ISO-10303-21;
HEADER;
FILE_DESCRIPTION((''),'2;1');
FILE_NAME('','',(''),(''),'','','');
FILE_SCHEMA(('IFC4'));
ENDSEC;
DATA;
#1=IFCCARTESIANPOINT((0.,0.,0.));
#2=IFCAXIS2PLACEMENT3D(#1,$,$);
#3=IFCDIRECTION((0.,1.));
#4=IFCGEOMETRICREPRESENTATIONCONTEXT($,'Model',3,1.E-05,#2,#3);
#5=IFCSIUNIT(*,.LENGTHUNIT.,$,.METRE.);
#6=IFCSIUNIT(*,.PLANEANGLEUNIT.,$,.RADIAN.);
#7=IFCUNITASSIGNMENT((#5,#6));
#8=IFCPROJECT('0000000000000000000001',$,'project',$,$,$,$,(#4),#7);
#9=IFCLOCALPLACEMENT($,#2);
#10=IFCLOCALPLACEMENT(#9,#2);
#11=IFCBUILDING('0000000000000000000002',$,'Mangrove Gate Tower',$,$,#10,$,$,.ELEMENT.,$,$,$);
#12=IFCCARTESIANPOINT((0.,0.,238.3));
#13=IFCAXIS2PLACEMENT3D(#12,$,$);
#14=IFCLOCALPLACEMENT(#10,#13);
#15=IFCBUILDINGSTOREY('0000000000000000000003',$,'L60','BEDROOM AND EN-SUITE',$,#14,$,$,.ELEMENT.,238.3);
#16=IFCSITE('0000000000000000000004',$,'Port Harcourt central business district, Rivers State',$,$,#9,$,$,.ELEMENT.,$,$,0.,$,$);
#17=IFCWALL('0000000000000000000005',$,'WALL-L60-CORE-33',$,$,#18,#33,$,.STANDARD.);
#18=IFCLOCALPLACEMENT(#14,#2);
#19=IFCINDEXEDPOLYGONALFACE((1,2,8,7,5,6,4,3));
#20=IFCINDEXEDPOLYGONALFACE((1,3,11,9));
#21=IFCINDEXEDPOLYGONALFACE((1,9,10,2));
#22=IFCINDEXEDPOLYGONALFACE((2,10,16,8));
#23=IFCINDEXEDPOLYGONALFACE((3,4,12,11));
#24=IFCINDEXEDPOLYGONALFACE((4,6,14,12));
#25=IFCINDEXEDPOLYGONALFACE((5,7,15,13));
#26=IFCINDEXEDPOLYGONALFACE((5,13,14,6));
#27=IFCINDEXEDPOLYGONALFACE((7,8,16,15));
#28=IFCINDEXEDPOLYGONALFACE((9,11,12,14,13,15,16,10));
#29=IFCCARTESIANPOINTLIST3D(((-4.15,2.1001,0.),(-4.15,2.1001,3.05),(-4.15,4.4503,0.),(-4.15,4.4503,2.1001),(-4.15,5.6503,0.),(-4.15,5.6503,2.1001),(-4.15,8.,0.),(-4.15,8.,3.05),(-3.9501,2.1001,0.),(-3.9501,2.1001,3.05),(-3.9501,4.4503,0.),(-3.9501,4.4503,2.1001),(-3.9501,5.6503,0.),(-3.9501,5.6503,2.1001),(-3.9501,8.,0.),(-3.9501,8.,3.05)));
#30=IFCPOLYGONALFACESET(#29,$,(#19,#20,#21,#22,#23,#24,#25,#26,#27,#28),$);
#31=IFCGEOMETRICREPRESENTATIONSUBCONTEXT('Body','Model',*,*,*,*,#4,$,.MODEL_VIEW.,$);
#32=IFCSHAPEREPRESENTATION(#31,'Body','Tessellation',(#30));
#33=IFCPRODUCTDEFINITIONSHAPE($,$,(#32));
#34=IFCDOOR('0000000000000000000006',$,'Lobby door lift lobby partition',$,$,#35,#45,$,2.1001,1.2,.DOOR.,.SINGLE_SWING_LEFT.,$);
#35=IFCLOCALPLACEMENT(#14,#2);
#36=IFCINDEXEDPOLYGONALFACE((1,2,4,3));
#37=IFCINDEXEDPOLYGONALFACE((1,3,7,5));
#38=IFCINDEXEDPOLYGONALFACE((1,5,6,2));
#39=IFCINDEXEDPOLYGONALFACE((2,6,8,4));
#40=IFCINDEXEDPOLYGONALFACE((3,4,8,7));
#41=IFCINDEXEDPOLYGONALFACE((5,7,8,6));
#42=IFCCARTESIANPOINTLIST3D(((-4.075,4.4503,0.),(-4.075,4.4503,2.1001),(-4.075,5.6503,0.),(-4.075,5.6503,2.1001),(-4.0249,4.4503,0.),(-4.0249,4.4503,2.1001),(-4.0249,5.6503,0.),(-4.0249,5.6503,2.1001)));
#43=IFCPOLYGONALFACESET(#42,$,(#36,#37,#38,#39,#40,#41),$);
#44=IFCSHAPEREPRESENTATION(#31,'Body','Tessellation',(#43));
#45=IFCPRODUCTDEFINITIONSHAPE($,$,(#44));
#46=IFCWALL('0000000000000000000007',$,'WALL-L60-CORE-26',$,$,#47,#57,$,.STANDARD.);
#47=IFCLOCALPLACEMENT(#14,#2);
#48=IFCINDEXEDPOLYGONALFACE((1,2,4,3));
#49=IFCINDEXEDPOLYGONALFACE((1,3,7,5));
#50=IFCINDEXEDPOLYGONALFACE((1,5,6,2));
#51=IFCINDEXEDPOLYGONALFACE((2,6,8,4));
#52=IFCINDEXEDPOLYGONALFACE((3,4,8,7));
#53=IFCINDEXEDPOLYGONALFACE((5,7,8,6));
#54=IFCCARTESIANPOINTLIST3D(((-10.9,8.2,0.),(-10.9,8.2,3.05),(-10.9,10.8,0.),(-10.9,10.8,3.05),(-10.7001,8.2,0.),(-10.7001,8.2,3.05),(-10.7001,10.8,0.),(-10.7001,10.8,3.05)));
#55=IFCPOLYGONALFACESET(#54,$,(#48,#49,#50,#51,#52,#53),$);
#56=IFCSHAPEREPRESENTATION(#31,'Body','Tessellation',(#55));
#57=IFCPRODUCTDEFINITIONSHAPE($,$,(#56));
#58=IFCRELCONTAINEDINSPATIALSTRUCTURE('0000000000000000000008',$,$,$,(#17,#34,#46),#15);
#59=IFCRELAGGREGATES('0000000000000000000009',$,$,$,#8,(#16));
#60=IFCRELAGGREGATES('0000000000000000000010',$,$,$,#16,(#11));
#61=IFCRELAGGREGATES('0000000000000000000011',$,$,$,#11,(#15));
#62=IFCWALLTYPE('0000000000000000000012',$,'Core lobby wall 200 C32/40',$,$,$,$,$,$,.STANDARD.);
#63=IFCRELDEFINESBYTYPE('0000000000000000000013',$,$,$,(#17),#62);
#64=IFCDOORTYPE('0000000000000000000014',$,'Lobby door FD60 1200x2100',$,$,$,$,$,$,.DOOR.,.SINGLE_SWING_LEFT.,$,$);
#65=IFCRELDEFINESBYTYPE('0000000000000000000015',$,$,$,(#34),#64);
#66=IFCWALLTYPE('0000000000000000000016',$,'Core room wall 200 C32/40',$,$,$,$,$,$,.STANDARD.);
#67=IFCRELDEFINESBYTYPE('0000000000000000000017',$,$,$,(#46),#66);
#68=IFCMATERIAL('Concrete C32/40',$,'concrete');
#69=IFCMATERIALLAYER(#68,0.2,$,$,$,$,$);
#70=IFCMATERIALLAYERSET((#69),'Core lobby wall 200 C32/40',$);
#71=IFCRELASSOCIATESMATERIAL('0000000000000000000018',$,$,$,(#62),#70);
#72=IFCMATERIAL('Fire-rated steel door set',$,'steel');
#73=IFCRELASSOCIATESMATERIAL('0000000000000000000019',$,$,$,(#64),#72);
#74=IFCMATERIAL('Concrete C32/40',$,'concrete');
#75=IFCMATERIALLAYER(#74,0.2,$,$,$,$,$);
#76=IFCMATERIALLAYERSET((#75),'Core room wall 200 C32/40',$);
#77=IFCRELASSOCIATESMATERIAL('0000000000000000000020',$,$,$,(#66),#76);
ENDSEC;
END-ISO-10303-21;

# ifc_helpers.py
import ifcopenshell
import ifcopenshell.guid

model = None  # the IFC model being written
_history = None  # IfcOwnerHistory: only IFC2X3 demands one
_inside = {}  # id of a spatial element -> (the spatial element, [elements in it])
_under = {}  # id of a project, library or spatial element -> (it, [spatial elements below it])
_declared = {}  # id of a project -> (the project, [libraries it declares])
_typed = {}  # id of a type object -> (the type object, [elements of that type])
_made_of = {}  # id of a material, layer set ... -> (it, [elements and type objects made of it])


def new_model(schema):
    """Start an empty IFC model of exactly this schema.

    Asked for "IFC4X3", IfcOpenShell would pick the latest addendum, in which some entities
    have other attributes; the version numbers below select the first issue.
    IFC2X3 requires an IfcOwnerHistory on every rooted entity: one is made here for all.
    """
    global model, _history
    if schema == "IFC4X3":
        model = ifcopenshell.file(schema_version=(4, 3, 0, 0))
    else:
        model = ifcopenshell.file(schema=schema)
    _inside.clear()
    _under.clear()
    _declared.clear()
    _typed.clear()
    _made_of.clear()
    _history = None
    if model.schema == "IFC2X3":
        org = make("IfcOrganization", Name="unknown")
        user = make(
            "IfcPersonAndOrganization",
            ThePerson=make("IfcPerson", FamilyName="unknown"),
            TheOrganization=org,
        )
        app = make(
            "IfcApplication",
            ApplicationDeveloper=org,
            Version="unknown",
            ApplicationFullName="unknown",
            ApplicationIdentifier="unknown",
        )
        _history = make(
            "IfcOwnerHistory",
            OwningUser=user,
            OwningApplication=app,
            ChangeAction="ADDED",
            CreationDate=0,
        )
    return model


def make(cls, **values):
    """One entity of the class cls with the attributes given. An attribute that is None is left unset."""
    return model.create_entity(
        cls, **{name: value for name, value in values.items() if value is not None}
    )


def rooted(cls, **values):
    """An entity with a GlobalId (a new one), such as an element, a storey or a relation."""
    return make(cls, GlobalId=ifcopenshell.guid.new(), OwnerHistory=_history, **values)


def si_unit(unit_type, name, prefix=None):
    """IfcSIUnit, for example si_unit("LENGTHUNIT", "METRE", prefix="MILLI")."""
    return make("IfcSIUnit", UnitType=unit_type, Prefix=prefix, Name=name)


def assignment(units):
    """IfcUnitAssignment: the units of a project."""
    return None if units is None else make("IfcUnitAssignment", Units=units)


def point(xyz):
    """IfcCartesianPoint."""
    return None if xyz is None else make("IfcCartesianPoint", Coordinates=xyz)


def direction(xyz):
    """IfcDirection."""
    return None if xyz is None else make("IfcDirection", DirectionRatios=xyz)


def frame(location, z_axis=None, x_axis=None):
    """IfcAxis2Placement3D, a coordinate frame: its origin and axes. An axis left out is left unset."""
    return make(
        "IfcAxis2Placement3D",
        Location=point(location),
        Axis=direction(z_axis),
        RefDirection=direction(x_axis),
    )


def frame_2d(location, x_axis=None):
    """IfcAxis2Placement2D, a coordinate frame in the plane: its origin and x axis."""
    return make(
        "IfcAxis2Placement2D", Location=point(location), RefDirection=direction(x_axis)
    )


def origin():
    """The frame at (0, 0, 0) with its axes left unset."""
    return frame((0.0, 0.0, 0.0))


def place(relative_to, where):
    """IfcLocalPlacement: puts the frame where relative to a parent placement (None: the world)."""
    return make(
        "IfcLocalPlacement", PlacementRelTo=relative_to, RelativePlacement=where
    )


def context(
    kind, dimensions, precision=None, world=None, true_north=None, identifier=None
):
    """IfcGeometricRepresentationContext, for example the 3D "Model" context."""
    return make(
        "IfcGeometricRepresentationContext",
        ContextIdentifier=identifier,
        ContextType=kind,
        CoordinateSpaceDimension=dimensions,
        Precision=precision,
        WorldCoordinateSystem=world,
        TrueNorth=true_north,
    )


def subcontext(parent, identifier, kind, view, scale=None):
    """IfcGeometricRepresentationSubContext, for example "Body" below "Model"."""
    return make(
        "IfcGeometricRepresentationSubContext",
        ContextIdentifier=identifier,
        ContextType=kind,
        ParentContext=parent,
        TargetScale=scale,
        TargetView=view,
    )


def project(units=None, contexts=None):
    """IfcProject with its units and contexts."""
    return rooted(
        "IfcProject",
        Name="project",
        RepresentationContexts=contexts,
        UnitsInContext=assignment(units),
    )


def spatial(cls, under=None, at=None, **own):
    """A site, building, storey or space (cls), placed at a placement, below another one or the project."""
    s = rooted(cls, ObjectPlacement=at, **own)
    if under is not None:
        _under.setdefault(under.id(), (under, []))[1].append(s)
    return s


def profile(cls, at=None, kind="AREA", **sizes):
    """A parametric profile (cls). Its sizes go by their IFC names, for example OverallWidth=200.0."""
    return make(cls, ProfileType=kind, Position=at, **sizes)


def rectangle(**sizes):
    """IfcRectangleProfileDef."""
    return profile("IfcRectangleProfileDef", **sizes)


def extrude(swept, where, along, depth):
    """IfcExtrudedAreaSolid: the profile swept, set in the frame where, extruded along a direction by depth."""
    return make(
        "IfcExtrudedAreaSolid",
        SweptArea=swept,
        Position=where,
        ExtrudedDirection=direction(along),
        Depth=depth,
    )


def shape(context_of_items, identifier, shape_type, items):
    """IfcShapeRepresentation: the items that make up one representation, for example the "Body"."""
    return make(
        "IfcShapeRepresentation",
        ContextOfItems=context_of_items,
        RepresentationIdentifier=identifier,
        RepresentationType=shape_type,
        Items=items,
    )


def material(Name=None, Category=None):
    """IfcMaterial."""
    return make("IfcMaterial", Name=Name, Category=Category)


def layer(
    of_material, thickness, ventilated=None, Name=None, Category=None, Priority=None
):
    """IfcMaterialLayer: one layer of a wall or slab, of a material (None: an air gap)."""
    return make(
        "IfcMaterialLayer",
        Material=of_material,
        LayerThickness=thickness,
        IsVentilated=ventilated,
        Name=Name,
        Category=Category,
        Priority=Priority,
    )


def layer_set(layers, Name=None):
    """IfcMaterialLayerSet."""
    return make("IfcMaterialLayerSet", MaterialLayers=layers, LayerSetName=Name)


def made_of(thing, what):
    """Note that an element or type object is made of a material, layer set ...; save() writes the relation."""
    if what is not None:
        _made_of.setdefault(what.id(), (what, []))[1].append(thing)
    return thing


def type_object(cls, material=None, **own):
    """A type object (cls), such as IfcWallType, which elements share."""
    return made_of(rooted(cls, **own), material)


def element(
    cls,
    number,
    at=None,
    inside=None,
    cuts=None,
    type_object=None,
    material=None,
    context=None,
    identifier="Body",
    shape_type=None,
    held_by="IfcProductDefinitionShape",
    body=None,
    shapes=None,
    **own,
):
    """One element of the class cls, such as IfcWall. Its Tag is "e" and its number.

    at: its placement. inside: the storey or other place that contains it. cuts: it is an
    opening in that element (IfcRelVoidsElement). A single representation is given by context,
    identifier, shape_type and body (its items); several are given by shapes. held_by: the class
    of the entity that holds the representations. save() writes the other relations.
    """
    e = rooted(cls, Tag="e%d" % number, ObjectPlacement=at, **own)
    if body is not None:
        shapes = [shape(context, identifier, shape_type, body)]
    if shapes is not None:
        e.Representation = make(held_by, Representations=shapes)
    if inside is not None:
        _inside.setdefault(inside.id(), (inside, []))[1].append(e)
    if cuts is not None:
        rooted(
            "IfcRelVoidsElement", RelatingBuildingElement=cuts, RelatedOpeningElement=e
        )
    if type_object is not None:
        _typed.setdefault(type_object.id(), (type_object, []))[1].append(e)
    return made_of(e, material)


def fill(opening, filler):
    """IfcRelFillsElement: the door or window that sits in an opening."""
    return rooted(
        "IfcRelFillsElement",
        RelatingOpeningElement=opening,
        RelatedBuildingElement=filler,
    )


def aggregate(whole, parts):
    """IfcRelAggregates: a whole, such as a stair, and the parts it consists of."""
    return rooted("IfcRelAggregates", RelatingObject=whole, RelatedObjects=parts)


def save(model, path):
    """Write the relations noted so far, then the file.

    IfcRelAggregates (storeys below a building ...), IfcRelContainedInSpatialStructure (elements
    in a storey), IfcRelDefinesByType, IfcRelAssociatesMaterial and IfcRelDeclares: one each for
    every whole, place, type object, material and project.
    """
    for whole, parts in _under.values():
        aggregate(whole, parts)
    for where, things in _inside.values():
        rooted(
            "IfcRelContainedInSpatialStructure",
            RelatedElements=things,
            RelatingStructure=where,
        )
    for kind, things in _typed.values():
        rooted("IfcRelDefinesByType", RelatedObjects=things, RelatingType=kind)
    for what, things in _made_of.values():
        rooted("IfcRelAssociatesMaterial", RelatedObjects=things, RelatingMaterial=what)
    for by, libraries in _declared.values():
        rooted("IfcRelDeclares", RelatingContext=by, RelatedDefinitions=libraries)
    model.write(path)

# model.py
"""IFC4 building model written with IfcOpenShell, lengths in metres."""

from ifc_helpers import new_model, si_unit, direction, frame, frame_2d, origin, place, context, subcontext, project, spatial, rectangle, extrude, material, layer, layer_set, type_object, element, fill, save


model = new_model("IFC4")

# Units and contexts
model_context = context("Model", 3, precision=1e-05, world=origin(), true_north=direction((0.0, 1.0)))
body_context = subcontext(model_context, "Body", "Model", "MODEL_VIEW")
ifc_project = project(units=[si_unit("LENGTHUNIT", "METRE"), si_unit("PLANEANGLEUNIT", "RADIAN")], contexts=[model_context])

# Site, building, storey
site_placement = place(None, origin())
site = spatial("IfcSite", under=ifc_project, at=site_placement, Name="Port Harcourt central business district, Rivers State", CompositionType="ELEMENT", RefElevation=0.0)
building_placement = place(site_placement, origin())
building = spatial("IfcBuilding", under=site, at=building_placement, Name="Mangrove Gate Tower", CompositionType="ELEMENT")
storey_placement = place(building_placement, frame((0.0, 0.0, 238.3)))
storey = spatial("IfcBuildingStorey", under=building, at=storey_placement, Name="L60", Description="BEDROOM AND EN-SUITE", CompositionType="ELEMENT", Elevation=238.3)

# Wall, opening, door
ifc_material_1 = material(Name="Concrete C32/40", Category="concrete")
ifc_layer_1 = layer(ifc_material_1, 0.2)
ifc_layer_set_1 = layer_set([ifc_layer_1], Name="Core lobby wall 200 C32/40")
wall_type_1 = type_object("IfcWallType", Name="Core lobby wall 200 C32/40", PredefinedType="STANDARD", material=ifc_layer_set_1)
wall_1_placement = place(storey_placement, frame((-4.05, 2.1001, 0.0), z_axis=(0.0, 0.0, 1.0), x_axis=(0.0, 1.0, 0.0)))
wall_1 = element("IfcWall", 1, at=wall_1_placement, inside=storey, type_object=wall_type_1, Name="WALL-L60-CORE-33", PredefinedType="STANDARD", context=body_context, shape_type="SweptSolid", body=[
    extrude(rectangle(XDim=5.8999, YDim=0.2, at=frame_2d((2.95, 0.0))), origin(), (0.0, 0.0, 1.0), 3.05),
])
opening_1_placement = place(wall_1_placement, frame((2.3501, 0.0, 0.0)))
opening_1 = element("IfcOpeningElement", 2, at=opening_1_placement, cuts=wall_1, PredefinedType="OPENING", context=body_context, shape_type="SweptSolid", body=[
    extrude(rectangle(XDim=1.2, YDim=2.1001, at=frame_2d((0.6001, 1.05))), frame((0.0, 0.1099, 0.0), z_axis=(0.0, -1.0, 0.0), x_axis=(1.0, 0.0, 0.0)), (0.0, 0.0, 1.0), 0.22),
])
ifc_material_2 = material(Name="Fire-rated steel door set", Category="steel")
door_type_1 = type_object("IfcDoorType", Name="Lobby door FD60 1200x2100", OperationType="SINGLE_SWING_LEFT", PredefinedType="DOOR", material=ifc_material_2)
door_1_placement = place(opening_1_placement, origin())
door_1 = element("IfcDoor", 3, at=door_1_placement, inside=storey, type_object=door_type_1, Name="Lobby door lift lobby partition", OperationType="SINGLE_SWING_LEFT", OverallHeight=2.1001, OverallWidth=1.2, PredefinedType="DOOR", context=body_context, shape_type="SweptSolid", body=[
    extrude(rectangle(XDim=1.2, YDim=2.1001, at=frame_2d((0.6001, 1.05))), frame((0.0, 0.0249, 0.0), z_axis=(0.0, -1.0, 0.0), x_axis=(1.0, 0.0, 0.0)), (0.0, 0.0, 1.0), 0.05),
])
fill(opening_1, door_1)

# Wall
ifc_material_3 = material(Name="Concrete C32/40", Category="concrete")
ifc_layer_2 = layer(ifc_material_3, 0.2)
ifc_layer_set_2 = layer_set([ifc_layer_2], Name="Core room wall 200 C32/40")
wall_type_2 = type_object("IfcWallType", Name="Core room wall 200 C32/40", PredefinedType="STANDARD", material=ifc_layer_set_2)
wall_2_placement = place(storey_placement, frame((-10.8, 8.2, 0.0), z_axis=(0.0, 0.0, 1.0), x_axis=(0.0, 1.0, 0.0)))
element("IfcWall", 4, at=wall_2_placement, inside=storey, type_object=wall_type_2, Name="WALL-L60-CORE-26", PredefinedType="STANDARD", context=body_context, shape_type="SweptSolid", body=[
    extrude(rectangle(XDim=2.6001, YDim=0.2, at=frame_2d((1.3, 0.0))), origin(), (0.0, 0.0, 1.0), 3.05),
])

save(model, "model.ifc")
